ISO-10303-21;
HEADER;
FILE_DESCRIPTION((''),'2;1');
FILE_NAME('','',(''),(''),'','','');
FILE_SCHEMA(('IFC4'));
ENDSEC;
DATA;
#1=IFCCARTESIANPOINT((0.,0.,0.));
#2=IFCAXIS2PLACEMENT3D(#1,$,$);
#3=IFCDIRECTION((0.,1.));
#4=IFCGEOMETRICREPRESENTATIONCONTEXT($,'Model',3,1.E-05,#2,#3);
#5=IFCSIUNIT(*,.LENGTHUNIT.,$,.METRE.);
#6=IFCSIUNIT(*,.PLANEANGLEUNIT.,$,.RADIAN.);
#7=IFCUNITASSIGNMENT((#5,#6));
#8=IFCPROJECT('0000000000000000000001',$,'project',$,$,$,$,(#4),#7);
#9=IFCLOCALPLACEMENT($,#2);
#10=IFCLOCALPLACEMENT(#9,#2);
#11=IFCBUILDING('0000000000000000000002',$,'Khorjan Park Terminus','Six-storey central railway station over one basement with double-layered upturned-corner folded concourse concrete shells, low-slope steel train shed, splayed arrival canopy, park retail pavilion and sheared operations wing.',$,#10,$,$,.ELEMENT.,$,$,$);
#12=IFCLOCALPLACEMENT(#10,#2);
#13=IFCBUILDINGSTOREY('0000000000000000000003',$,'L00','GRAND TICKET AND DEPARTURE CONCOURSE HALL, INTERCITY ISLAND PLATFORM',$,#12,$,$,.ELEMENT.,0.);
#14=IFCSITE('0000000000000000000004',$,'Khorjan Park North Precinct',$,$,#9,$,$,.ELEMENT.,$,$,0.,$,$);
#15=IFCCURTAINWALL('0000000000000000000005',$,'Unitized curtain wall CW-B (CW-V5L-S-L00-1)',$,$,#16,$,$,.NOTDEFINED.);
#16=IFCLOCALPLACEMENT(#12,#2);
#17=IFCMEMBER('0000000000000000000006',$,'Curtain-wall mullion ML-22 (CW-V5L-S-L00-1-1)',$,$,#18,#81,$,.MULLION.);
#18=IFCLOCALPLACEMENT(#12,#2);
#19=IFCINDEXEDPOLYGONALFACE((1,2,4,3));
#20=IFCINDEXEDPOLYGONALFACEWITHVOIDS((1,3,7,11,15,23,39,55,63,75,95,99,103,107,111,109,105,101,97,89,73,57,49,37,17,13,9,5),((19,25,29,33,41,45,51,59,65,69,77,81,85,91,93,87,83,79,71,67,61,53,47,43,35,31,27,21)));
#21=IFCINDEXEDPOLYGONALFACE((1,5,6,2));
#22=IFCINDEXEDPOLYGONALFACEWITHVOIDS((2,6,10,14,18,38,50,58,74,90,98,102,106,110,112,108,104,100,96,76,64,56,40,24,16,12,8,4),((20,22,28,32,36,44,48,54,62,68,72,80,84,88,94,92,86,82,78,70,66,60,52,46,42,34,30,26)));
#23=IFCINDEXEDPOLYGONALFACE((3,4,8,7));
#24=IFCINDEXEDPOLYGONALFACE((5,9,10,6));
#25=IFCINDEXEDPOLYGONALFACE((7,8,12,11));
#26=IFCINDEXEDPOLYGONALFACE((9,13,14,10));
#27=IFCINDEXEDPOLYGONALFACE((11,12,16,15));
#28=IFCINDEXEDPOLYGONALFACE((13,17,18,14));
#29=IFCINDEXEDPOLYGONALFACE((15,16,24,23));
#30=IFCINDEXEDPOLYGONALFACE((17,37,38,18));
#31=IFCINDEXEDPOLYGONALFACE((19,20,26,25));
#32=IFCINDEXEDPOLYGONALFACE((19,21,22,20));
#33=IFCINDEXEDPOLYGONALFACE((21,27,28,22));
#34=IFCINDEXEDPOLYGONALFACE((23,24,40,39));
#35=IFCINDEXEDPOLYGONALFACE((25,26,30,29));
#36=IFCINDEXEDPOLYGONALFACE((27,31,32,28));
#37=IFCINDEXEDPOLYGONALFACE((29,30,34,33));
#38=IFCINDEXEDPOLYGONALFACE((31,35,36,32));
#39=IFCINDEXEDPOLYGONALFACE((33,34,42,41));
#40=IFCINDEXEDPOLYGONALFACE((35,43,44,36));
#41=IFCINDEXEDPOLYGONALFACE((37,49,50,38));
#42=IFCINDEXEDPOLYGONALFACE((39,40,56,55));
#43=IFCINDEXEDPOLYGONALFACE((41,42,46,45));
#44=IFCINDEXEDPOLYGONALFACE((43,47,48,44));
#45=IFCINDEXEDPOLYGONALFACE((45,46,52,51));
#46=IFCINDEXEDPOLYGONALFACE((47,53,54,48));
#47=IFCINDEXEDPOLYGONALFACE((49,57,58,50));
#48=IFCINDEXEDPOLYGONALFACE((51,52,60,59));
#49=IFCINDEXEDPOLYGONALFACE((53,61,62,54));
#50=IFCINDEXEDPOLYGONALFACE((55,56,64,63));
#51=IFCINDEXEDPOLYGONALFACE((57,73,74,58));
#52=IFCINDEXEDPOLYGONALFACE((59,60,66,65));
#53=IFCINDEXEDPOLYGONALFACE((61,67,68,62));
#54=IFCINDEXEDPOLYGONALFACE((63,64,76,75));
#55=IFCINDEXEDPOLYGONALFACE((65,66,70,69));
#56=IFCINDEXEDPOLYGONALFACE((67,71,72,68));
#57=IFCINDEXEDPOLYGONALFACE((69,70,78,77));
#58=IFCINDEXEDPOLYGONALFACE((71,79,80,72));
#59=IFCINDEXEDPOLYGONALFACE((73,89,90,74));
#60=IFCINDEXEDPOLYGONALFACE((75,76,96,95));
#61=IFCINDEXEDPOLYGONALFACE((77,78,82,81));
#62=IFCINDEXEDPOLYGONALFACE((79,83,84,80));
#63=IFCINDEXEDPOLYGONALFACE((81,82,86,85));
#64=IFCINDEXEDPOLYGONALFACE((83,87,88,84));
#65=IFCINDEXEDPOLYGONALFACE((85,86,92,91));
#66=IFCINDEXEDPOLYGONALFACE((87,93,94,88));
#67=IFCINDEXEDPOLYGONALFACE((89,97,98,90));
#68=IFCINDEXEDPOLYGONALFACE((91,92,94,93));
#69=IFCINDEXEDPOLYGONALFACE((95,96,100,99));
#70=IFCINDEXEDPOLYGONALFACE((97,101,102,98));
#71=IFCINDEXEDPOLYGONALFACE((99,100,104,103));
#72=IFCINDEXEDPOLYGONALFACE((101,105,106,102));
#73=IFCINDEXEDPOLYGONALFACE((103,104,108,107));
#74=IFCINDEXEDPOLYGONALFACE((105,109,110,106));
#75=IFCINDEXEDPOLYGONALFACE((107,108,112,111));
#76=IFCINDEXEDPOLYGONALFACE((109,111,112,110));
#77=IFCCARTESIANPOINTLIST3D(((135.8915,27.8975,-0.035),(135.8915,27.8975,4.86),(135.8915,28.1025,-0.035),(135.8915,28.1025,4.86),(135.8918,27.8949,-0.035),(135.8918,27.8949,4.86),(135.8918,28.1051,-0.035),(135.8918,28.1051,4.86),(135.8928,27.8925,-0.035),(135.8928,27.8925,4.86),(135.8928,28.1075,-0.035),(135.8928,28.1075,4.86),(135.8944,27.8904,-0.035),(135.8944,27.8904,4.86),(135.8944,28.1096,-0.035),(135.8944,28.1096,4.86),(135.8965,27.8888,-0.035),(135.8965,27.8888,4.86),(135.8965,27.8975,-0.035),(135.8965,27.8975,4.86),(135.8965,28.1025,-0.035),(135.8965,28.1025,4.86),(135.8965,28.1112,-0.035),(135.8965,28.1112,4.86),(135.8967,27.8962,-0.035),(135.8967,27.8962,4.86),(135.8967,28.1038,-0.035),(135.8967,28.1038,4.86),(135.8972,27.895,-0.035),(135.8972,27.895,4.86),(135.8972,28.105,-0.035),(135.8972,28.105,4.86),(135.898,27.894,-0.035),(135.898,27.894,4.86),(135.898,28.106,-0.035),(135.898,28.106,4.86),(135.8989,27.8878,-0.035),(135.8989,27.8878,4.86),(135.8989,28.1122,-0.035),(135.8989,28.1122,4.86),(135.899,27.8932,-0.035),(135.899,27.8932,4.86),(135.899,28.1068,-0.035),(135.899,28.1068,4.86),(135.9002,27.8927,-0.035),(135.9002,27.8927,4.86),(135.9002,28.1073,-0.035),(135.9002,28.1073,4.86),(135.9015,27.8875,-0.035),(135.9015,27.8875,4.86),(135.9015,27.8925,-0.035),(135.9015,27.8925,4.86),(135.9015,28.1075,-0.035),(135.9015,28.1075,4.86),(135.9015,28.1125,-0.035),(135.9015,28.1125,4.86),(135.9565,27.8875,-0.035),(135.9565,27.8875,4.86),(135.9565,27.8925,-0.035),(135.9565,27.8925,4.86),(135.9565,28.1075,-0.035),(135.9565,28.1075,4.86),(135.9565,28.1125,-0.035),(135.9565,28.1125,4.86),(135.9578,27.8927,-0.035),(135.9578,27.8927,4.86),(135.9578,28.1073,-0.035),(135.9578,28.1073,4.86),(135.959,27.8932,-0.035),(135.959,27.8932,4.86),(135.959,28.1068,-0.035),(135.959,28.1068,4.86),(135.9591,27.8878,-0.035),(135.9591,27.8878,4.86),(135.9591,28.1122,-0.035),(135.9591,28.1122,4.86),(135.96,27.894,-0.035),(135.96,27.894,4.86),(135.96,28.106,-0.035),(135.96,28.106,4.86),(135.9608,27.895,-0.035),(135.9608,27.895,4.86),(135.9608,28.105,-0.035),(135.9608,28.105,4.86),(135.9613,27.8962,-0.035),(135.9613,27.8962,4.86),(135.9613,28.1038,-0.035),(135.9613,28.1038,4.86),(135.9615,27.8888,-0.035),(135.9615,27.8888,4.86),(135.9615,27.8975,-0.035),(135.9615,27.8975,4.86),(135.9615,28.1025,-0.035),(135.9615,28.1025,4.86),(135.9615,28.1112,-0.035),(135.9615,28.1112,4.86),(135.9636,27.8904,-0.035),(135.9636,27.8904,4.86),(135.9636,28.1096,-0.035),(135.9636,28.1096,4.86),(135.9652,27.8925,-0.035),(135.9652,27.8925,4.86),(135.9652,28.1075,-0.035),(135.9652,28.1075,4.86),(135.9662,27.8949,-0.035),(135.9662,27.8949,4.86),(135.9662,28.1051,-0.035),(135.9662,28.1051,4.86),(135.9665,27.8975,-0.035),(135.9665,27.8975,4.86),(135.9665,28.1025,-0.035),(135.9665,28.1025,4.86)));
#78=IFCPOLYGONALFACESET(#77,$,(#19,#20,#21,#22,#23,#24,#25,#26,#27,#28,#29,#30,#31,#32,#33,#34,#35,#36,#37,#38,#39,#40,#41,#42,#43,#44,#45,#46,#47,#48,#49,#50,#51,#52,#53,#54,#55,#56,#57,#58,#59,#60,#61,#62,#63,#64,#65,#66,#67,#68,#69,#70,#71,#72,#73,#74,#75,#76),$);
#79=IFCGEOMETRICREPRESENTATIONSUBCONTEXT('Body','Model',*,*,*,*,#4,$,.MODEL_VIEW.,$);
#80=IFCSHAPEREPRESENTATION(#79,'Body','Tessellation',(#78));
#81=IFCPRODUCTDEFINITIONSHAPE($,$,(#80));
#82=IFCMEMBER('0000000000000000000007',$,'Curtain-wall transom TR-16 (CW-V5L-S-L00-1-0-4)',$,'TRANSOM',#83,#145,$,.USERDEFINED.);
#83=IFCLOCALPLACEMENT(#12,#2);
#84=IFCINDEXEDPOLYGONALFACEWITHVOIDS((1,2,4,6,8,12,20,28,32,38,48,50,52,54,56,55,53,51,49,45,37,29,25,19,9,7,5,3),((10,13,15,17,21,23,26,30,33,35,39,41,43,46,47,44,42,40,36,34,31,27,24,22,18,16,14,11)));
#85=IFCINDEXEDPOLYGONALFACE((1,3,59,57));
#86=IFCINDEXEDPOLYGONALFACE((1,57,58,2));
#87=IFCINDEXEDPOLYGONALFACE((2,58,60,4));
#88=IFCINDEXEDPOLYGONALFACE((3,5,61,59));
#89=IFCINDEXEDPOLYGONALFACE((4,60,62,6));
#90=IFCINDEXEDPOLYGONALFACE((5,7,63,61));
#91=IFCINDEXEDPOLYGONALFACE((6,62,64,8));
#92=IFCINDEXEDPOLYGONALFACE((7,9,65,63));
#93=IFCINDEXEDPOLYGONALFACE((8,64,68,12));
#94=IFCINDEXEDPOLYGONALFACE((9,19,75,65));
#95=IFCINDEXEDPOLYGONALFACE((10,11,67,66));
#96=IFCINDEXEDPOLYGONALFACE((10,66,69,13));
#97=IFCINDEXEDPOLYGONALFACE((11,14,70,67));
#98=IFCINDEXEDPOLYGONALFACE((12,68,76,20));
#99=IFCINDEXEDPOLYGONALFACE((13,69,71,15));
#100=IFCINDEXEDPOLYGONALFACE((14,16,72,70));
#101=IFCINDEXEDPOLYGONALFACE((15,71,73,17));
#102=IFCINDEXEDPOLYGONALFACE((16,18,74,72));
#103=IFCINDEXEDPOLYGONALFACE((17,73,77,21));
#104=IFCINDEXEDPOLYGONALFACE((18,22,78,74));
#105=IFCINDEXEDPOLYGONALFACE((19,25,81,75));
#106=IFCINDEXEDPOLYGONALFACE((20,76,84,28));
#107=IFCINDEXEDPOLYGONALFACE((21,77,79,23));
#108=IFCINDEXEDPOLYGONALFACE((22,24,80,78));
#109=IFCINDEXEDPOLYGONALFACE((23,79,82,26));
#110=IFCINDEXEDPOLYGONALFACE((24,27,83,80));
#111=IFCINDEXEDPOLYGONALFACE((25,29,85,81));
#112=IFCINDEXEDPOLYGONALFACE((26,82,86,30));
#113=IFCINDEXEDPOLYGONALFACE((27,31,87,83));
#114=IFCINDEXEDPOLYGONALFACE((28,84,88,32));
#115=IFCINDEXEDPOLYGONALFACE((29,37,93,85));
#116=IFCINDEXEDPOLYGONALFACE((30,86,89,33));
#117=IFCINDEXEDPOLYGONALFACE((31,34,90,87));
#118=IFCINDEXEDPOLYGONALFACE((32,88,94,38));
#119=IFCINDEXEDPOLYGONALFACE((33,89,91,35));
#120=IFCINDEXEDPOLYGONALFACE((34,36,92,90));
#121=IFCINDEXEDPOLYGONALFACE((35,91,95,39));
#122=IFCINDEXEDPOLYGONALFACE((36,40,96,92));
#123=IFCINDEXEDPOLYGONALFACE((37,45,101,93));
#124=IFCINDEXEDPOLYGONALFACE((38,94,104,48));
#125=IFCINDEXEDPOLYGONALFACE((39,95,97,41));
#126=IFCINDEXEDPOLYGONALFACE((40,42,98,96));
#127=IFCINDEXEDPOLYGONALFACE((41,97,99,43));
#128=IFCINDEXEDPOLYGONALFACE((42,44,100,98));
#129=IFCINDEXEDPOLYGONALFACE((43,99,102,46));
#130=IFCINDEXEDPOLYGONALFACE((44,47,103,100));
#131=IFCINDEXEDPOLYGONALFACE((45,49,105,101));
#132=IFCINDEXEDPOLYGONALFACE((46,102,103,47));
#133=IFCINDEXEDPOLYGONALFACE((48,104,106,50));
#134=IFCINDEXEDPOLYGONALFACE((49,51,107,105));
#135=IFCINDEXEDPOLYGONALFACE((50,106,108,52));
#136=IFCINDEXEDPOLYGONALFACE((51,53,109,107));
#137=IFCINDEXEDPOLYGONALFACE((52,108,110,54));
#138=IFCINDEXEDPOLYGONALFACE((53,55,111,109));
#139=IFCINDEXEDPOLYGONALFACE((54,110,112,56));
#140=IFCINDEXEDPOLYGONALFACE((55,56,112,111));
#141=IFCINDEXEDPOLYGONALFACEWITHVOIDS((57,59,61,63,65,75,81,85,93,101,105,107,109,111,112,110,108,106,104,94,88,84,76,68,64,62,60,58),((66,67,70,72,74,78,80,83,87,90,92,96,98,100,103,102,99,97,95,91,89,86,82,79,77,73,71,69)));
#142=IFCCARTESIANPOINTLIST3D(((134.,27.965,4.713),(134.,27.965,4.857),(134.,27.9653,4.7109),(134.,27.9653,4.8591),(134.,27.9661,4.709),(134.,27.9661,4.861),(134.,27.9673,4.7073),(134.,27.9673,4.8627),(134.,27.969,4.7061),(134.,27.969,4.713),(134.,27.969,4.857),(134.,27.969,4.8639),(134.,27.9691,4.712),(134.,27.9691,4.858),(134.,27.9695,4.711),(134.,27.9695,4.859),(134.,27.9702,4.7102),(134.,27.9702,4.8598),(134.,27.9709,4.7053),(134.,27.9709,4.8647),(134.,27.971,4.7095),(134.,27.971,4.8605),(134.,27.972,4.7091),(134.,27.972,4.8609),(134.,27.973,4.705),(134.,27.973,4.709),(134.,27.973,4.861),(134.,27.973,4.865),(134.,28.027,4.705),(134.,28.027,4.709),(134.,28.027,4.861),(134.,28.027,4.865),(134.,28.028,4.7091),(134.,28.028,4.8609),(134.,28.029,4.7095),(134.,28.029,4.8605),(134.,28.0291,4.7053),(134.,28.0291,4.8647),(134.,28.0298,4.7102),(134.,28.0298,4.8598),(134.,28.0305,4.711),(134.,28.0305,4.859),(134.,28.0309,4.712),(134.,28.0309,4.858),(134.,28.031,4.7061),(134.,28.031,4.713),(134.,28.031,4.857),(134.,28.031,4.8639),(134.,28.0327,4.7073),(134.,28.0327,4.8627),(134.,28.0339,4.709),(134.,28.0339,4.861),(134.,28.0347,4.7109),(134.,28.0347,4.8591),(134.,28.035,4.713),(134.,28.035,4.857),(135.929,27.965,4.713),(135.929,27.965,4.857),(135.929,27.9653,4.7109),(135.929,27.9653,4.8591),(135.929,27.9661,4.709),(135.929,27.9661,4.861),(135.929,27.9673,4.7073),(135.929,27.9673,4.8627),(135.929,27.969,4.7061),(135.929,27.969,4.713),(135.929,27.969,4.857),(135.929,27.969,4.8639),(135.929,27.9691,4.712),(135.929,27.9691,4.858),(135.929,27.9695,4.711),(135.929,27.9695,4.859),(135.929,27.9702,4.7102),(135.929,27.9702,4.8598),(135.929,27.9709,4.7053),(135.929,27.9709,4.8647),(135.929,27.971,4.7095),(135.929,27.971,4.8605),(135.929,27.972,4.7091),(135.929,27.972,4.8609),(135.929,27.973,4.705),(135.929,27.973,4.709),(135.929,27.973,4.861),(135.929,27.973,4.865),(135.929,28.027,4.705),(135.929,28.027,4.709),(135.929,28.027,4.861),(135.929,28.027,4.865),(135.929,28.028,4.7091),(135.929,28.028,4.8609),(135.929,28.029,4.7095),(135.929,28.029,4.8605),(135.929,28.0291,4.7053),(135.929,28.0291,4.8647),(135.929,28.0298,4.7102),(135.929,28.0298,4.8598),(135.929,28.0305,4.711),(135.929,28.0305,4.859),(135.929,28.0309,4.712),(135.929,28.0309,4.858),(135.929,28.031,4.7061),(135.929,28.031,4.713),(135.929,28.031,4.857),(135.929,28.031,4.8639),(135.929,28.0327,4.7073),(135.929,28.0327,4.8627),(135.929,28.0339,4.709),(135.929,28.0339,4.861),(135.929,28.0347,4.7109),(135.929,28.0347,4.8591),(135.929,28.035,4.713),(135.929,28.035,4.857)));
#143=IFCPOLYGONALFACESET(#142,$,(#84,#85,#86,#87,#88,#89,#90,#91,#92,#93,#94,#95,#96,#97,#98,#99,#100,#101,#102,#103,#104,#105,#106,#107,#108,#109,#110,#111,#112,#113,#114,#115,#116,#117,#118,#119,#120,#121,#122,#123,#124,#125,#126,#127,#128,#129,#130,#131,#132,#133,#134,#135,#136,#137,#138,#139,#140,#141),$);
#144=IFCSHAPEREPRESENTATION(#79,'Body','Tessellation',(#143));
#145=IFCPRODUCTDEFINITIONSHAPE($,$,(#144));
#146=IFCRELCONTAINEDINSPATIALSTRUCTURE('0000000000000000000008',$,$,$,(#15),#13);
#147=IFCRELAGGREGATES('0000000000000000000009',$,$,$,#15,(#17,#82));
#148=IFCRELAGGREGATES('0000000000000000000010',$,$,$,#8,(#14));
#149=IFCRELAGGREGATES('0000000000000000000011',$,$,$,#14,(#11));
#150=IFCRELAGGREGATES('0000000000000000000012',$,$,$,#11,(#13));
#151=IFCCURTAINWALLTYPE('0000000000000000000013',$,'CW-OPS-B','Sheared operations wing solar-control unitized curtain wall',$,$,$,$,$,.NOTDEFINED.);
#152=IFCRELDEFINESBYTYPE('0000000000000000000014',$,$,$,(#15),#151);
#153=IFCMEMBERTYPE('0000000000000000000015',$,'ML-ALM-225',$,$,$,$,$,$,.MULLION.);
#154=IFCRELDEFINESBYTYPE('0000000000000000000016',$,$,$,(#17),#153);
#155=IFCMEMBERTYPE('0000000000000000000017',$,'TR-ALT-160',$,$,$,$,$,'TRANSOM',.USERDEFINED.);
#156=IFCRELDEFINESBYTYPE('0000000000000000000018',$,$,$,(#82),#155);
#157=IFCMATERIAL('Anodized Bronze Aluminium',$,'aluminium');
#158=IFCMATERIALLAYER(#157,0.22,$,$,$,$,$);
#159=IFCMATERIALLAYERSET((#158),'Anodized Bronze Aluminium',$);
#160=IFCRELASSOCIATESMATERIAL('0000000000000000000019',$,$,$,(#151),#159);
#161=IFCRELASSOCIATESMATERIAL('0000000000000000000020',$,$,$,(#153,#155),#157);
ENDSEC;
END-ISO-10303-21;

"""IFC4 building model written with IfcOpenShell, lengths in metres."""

from ifc_helpers import new_model, si_unit, direction, frame, origin, origin_2d, place, context, subcontext, project, spatial, hollow_rectangle, extrude, material, layer, layer_set, material_profile, profile_set, type_object, element, aggregate, save


model = new_model("IFC4")

# Units and contexts
model_context = context("Model", 3, precision=1e-05, world=origin(), true_north=direction((0.0, 1.0)))
body_context = subcontext(model_context, "Body", "Model", "MODEL_VIEW")
ifc_project = project(units=[si_unit("LENGTHUNIT", "METRE"), si_unit("PLANEANGLEUNIT", "RADIAN")], contexts=[model_context])

# Site, building, storey
site_placement = place(None, origin())
site = spatial("IfcSite", under=ifc_project, at=site_placement, Name="Khorjan Park North Precinct", CompositionType="ELEMENT", RefElevation=0.0)
building_placement = place(site_placement, origin())
building = spatial("IfcBuilding", under=site, at=building_placement, Name="Khorjan Park Terminus", Description="Six-storey central railway station over one basement with double-layered upturned-corner folded concourse concrete shells, low-slope steel train shed, splayed arrival canopy, park retail pavilion and sheared operations wing.", CompositionType="ELEMENT")
storey_placement = place(building_placement, origin())
storey = spatial("IfcBuildingStorey", under=building, at=storey_placement, Name="L00", Description="GRAND TICKET AND DEPARTURE CONCOURSE HALL, INTERCITY ISLAND PLATFORM", CompositionType="ELEMENT", Elevation=0.0)

# Curtain wall, members
ifc_material_1 = material(Name="Anodized Bronze Aluminium", Category="aluminium")
ifc_layer_1 = layer(ifc_material_1, 0.22)
ifc_layer_set_1 = layer_set([ifc_layer_1], Name="Anodized Bronze Aluminium")
curtain_wall_type = type_object("IfcCurtainWallType", Name="CW-OPS-B", Description="Sheared operations wing solar-control unitized curtain wall", PredefinedType="NOTDEFINED", material=ifc_layer_set_1)
curtain_wall_placement = place(storey_placement, origin())
curtain_wall = element("IfcCurtainWall", 1, at=curtain_wall_placement, inside=storey, type_object=curtain_wall_type, Name="Unitized curtain wall CW-B (CW-V5L-S-L00-1)", PredefinedType="NOTDEFINED")
ifc_material_profile_1 = material_profile(ifc_material_1, hollow_rectangle(XDim=0.075, YDim=0.225, WallThickness=0.005, InnerFilletRadius=0.005, OuterFilletRadius=0.01, at=origin_2d()), Name="ALM 75x225x5")
ifc_profile_set_1 = profile_set([ifc_material_profile_1], Name="Anodized Bronze Aluminium")
member_type_1 = type_object("IfcMemberType", Name="ML-ALM-225", PredefinedType="MULLION", material=ifc_profile_set_1)
member_1_placement = place(storey_placement, frame((135.929, 28.0, -0.035), z_axis=(0.0, 0.0, 1.0), x_axis=(1.0, 0.0, 0.0)))
member_1 = element("IfcMember", 2, at=member_1_placement, type_object=member_type_1, Name="Curtain-wall mullion ML-22 (CW-V5L-S-L00-1-1)", PredefinedType="MULLION", context=body_context, shape_type="SweptSolid", body=[
    extrude(hollow_rectangle(XDim=0.075, YDim=0.225, WallThickness=0.005, InnerFilletRadius=0.005, OuterFilletRadius=0.01, at=origin_2d()), origin(), (0.0, 0.0, 1.0), 4.895),
])
ifc_material_profile_2 = material_profile(ifc_material_1, hollow_rectangle(XDim=0.07, YDim=0.16, WallThickness=0.004, InnerFilletRadius=0.004, OuterFilletRadius=0.008, at=origin_2d()), Name="ALT 70x160x4")
ifc_profile_set_2 = profile_set([ifc_material_profile_2], Name="Anodized Bronze Aluminium")
member_type_2 = type_object("IfcMemberType", Name="TR-ALT-160", ElementType="TRANSOM", PredefinedType="USERDEFINED", material=ifc_profile_set_2)
member_2_placement = place(storey_placement, frame((134.0, 28.0, 4.785), z_axis=(1.0, 0.0, 0.0), x_axis=(0.0, 1.0, 0.0)))
member_2 = element("IfcMember", 3, at=member_2_placement, type_object=member_type_2, Name="Curtain-wall transom TR-16 (CW-V5L-S-L00-1-0-4)", ObjectType="TRANSOM", PredefinedType="USERDEFINED", context=body_context, shape_type="SweptSolid", body=[
    extrude(hollow_rectangle(XDim=0.07, YDim=0.16, WallThickness=0.004, InnerFilletRadius=0.004, OuterFilletRadius=0.008, at=origin_2d()), origin(), (0.0, 0.0, 1.0), 1.929),
])
aggregate(curtain_wall, [member_1, member_2])

save(model, "model.ifc")
